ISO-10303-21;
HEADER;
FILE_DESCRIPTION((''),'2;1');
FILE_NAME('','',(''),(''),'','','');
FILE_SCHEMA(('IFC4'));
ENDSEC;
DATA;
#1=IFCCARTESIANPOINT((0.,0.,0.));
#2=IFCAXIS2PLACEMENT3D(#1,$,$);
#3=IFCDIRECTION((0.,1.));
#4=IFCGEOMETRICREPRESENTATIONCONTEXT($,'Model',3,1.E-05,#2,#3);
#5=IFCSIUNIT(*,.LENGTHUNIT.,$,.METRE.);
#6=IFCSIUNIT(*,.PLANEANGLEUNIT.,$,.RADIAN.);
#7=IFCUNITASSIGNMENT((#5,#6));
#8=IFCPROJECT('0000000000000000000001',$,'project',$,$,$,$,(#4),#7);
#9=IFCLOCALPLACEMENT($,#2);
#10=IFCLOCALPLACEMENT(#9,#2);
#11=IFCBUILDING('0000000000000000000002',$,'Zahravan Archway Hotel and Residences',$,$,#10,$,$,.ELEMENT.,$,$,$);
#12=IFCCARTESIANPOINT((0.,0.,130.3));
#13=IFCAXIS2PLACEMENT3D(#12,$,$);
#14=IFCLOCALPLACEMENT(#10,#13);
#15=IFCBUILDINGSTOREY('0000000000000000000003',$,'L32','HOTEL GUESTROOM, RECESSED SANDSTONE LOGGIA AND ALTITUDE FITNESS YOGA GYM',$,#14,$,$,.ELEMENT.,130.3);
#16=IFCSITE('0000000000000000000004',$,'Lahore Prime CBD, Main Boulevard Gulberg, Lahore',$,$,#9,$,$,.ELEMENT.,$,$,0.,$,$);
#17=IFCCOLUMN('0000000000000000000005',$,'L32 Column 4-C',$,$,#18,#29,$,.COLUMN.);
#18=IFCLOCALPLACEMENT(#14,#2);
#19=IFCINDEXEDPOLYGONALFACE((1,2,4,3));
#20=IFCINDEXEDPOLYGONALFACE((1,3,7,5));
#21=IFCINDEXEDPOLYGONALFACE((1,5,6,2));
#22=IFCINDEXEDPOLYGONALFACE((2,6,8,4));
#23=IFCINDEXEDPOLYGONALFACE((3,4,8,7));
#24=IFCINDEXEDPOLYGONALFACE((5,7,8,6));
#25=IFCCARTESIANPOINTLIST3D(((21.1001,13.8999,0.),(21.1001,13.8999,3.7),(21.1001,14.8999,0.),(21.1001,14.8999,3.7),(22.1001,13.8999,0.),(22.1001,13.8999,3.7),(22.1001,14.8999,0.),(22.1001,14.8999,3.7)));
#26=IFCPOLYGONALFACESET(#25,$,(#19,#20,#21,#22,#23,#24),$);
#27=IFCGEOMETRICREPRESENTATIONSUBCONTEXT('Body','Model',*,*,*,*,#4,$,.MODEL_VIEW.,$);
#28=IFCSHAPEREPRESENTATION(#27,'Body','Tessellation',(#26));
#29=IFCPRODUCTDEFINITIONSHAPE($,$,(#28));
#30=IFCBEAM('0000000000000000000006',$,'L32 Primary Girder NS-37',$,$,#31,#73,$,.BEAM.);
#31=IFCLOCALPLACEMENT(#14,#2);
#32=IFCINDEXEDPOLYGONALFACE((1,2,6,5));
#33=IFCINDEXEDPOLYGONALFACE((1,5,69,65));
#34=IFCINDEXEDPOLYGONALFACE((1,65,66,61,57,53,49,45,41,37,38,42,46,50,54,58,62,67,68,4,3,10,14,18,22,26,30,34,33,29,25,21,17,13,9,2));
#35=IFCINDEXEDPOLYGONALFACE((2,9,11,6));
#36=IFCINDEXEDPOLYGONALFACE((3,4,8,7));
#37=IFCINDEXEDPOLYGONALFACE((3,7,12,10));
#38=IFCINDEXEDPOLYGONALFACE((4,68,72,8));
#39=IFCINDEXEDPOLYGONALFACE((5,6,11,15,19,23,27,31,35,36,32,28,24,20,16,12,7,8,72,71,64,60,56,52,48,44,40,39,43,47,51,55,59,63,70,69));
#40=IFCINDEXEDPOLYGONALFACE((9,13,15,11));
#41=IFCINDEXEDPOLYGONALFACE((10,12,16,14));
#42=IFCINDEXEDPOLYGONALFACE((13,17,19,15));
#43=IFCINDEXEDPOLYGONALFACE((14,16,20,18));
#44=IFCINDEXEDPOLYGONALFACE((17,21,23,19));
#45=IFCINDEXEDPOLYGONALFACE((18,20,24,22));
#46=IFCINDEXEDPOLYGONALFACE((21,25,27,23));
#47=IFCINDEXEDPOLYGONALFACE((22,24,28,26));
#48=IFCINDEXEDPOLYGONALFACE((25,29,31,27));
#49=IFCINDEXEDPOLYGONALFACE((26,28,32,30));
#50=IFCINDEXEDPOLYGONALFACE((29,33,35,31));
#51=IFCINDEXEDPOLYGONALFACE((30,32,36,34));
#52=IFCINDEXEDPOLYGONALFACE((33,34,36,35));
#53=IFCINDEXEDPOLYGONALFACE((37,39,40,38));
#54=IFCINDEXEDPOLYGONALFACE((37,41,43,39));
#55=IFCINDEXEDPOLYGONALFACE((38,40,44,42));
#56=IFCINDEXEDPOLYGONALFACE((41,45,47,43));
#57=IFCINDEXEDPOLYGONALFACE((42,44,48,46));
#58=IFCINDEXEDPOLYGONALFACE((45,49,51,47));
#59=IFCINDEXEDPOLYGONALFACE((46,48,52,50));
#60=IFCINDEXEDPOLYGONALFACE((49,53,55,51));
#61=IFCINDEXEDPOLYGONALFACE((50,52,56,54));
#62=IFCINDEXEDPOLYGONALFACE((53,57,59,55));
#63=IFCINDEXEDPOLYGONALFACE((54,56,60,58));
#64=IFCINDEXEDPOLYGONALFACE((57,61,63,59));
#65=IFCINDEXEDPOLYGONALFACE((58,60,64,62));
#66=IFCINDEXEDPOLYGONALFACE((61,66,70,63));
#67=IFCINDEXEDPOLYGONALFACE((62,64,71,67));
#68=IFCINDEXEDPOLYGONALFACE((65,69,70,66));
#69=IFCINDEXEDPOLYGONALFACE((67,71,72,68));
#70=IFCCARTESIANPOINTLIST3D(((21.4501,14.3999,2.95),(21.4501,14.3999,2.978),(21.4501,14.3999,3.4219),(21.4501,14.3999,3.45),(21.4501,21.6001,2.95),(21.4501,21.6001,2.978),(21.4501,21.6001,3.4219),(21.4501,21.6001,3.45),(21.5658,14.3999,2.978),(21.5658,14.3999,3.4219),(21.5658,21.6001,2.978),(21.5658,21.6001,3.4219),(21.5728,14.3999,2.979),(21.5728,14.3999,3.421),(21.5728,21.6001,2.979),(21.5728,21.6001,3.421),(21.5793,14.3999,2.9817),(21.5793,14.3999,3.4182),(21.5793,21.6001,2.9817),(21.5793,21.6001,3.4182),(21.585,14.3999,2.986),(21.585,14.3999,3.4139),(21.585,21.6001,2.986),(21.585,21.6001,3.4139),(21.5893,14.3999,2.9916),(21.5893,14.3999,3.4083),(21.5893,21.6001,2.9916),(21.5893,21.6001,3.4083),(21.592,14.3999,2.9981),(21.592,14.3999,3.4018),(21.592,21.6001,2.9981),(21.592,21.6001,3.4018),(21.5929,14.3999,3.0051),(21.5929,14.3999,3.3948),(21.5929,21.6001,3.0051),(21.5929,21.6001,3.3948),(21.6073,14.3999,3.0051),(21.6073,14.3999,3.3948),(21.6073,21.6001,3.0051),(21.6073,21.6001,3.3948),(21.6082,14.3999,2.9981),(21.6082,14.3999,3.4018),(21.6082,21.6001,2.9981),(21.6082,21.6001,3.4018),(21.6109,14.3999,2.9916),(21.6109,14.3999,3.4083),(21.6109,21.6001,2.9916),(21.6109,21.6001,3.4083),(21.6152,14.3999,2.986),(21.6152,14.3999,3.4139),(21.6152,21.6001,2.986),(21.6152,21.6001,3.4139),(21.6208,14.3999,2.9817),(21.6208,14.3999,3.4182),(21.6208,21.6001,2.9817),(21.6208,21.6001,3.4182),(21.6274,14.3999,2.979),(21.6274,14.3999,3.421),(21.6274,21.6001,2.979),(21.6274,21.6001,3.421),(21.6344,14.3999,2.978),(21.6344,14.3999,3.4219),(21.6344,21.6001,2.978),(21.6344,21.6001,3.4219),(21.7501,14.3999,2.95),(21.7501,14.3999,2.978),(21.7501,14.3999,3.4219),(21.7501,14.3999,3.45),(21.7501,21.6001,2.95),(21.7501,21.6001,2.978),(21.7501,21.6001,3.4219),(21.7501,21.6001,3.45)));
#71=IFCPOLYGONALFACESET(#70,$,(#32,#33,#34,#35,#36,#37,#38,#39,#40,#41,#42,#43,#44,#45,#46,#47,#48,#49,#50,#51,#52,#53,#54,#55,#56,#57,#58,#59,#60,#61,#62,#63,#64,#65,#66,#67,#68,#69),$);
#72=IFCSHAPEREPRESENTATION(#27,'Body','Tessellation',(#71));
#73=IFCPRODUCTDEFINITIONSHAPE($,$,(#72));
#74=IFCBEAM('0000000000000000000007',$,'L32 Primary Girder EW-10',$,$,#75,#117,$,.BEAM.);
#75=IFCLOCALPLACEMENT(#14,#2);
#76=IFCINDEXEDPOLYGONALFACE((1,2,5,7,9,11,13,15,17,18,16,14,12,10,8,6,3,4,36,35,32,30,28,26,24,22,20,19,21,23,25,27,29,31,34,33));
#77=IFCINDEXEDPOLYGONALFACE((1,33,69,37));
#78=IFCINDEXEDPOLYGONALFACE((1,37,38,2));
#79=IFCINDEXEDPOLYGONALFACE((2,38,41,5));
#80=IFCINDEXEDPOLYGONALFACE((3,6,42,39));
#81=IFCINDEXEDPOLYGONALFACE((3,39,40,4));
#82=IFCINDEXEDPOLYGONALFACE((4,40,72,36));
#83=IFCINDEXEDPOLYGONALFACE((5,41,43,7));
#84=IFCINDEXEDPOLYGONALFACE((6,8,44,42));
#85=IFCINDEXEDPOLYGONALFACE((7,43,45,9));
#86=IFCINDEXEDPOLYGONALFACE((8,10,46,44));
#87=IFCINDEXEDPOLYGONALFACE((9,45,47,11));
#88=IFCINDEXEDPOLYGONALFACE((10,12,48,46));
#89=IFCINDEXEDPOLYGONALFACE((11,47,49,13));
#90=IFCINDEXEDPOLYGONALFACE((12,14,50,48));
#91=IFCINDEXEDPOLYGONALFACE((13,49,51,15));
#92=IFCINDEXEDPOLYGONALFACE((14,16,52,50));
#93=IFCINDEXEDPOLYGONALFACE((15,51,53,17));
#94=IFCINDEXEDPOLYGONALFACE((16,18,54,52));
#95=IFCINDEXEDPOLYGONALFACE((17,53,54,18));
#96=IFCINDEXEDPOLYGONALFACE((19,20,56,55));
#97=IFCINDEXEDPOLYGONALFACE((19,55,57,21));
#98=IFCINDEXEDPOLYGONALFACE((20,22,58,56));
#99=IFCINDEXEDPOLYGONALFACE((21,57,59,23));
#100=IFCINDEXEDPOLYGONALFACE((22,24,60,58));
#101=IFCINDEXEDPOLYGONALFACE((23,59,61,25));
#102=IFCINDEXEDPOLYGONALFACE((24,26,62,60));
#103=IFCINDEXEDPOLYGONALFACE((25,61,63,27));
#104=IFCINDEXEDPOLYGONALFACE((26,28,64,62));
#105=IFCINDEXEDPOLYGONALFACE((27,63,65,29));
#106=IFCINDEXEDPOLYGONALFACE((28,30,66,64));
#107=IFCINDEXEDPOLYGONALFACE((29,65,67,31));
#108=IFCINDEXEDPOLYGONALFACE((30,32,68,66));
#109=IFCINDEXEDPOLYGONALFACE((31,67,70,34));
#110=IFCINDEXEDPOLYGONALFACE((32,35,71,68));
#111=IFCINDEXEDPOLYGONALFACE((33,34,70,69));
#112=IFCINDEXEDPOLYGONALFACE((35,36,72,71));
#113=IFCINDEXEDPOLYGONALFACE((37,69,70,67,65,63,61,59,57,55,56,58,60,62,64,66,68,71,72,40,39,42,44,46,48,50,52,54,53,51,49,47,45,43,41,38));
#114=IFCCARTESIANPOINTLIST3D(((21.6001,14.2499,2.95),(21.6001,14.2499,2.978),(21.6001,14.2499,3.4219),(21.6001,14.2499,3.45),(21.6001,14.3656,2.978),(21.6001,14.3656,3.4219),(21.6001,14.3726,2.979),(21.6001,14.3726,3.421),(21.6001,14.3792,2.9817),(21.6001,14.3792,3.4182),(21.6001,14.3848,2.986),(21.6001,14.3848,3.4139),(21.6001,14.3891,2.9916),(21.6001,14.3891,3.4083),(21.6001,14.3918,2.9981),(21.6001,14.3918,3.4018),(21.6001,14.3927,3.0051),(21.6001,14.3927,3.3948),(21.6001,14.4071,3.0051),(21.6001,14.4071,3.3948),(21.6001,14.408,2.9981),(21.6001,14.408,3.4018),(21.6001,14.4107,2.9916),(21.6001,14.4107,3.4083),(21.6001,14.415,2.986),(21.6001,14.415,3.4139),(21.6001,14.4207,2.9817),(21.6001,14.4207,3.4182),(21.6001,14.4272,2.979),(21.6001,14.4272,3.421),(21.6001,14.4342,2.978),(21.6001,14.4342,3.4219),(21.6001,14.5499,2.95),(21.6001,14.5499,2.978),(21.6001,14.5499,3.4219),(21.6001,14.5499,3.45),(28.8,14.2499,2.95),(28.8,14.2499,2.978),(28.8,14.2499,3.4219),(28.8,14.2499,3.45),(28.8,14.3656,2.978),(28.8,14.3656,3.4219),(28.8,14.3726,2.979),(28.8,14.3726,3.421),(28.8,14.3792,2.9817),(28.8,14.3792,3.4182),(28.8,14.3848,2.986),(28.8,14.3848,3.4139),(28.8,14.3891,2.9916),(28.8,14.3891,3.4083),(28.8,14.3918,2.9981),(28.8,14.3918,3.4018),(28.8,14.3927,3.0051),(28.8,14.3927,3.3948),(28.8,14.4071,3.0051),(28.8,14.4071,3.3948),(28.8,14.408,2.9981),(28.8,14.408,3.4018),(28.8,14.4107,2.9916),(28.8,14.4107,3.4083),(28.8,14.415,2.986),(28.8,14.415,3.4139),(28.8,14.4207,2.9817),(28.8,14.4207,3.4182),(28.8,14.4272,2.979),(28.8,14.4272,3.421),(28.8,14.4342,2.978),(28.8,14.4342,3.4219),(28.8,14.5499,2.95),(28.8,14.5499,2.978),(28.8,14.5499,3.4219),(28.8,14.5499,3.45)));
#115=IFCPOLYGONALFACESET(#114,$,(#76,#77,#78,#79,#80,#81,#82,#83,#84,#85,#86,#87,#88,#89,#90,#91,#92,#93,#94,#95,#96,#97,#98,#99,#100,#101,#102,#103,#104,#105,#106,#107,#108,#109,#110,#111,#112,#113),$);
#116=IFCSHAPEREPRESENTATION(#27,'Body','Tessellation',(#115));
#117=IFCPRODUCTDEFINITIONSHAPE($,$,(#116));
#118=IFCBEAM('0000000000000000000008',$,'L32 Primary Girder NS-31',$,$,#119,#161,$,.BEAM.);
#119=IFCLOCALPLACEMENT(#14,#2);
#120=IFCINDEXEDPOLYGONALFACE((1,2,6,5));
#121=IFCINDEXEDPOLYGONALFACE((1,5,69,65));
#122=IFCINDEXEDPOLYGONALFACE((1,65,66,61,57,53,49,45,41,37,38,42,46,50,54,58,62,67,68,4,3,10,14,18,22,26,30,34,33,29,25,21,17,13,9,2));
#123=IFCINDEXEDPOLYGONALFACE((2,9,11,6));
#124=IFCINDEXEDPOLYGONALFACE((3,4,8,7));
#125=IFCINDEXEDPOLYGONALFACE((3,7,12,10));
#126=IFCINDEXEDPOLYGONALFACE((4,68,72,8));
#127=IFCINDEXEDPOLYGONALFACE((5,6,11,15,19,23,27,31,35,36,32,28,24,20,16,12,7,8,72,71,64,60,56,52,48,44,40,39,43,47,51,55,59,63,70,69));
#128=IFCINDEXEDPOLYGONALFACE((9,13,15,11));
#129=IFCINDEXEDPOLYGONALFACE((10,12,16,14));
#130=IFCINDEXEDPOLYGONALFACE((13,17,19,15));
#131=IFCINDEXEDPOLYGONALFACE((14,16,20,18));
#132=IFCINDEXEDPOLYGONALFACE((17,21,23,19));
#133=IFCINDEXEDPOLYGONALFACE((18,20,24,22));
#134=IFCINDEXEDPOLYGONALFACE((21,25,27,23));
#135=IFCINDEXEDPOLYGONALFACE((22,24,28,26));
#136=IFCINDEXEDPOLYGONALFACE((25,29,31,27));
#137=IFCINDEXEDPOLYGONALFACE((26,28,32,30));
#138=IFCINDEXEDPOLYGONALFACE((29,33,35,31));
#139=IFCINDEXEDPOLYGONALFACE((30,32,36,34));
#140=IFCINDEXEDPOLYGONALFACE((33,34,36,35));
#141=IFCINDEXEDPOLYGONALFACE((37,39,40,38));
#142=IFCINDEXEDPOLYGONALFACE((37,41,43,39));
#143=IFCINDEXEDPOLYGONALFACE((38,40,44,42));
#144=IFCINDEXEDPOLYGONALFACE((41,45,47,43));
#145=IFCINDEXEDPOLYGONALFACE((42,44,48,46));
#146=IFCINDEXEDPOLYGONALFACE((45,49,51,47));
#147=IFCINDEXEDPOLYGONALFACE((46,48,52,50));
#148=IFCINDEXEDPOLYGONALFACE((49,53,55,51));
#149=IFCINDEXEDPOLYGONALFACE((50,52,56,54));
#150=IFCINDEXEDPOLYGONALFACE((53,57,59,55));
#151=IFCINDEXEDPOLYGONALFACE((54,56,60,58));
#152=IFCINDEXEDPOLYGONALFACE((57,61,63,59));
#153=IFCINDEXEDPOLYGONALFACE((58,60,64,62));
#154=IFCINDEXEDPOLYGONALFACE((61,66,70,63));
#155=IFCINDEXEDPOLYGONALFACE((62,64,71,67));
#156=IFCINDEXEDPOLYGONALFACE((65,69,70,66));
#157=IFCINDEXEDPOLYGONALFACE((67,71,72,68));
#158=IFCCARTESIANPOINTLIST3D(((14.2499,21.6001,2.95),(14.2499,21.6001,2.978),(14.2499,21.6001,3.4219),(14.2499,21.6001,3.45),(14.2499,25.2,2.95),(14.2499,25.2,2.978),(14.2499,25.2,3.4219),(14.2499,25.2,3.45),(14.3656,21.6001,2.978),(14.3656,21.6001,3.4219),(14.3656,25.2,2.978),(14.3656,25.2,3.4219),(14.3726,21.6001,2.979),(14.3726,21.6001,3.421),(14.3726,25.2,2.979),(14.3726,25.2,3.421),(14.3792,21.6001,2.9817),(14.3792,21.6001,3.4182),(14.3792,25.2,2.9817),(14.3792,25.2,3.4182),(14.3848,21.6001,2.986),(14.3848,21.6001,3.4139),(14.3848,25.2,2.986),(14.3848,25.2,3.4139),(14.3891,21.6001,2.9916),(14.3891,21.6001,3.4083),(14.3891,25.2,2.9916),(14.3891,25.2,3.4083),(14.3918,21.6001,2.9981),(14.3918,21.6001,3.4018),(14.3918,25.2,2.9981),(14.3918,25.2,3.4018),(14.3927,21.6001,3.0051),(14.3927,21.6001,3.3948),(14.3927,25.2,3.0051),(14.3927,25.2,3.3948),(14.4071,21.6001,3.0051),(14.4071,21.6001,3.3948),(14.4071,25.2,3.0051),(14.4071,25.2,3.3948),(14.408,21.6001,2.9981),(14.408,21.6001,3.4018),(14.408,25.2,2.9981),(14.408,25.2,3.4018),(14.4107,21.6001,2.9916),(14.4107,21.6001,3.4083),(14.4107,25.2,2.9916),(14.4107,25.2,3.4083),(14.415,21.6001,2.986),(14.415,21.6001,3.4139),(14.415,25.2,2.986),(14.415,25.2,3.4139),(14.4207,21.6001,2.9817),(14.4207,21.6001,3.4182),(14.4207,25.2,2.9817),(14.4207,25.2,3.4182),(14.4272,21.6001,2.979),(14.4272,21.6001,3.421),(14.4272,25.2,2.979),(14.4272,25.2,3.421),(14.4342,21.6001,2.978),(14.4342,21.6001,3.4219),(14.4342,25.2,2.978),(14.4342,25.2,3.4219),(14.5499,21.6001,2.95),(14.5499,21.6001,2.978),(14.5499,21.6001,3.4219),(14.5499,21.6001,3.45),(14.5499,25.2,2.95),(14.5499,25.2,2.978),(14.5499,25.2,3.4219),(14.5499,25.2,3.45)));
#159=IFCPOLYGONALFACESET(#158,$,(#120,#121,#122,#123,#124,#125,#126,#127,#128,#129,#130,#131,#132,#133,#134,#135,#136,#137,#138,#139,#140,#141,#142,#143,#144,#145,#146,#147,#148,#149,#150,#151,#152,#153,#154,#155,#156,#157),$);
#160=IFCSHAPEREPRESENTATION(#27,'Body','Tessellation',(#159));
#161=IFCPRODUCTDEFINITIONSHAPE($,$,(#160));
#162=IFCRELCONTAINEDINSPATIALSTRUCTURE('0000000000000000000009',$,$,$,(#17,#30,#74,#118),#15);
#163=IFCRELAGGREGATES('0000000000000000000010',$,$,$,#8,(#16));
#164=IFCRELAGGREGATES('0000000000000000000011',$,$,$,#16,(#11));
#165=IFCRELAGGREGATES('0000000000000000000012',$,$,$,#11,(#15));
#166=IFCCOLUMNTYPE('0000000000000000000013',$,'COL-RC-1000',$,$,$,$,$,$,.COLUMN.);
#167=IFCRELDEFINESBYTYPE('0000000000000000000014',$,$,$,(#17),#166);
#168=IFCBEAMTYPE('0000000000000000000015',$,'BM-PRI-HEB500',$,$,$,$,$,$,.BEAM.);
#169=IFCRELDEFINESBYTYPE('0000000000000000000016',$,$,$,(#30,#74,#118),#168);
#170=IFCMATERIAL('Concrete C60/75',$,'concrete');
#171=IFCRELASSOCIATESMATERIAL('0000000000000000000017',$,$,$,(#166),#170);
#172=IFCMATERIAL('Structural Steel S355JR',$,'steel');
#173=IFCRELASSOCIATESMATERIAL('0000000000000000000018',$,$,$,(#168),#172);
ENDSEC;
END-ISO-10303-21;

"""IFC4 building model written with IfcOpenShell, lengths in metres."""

from ifc_helpers import new_model, si_unit, direction, frame, origin, origin_2d, place, context, subcontext, project, spatial, rectangle, i_section, extrude, source, transform, mapped, material, material_profile, profile_set, type_object, type_shapes, element, save


model = new_model("IFC4")

# Units and contexts
model_context = context("Model", 3, precision=1e-05, world=origin(), true_north=direction((0.0, 1.0)))
body_context = subcontext(model_context, "Body", "Model", "MODEL_VIEW")
ifc_project = project(units=[si_unit("LENGTHUNIT", "METRE"), si_unit("PLANEANGLEUNIT", "RADIAN")], contexts=[model_context])

# Site, building, storey
site_placement = place(None, origin())
site = spatial("IfcSite", under=ifc_project, at=site_placement, Name="Lahore Prime CBD, Main Boulevard Gulberg, Lahore", CompositionType="ELEMENT", RefElevation=0.0)
building_placement = place(site_placement, origin())
building = spatial("IfcBuilding", under=site, at=building_placement, Name="Zahravan Archway Hotel and Residences", CompositionType="ELEMENT")
storey_placement = place(building_placement, frame((0.0, 0.0, 130.3)))
storey = spatial("IfcBuildingStorey", under=building, at=storey_placement, Name="L32", Description="HOTEL GUESTROOM, RECESSED SANDSTONE LOGGIA AND ALTITUDE FITNESS YOGA GYM", CompositionType="ELEMENT", Elevation=130.3)

# Column
ifc_material_1 = material(Name="Concrete C60/75", Category="concrete")
ifc_material_profile_1 = material_profile(ifc_material_1, rectangle(XDim=1.0, YDim=1.0, at=origin_2d()), Name="RC-COL-1000x1000", Category="concrete")
ifc_profile_set_1 = profile_set([ifc_material_profile_1], Name="Concrete C60/75")
column_type = type_object("IfcColumnType", Name="COL-RC-1000", PredefinedType="COLUMN", material=ifc_profile_set_1)
shared_shape_1 = source(origin(), body_context, "Body", "SweptSolid", [
    extrude(rectangle(XDim=1.0, YDim=1.0, at=origin_2d()), origin(), (0.0, 0.0, 1.0), 3.7),
])
type_shapes(column_type, [shared_shape_1])
column_placement = place(storey_placement, frame((21.6001, 14.3999, 0.0), z_axis=(0.0, 0.0, 1.0), x_axis=(1.0, 0.0, 0.0)))
element("IfcColumn", 1, at=column_placement, inside=storey, type_object=column_type, Name="L32 Column 4-C", PredefinedType="COLUMN", context=body_context, shape_type="MappedRepresentation", body=[
    mapped(shared_shape_1, transform((0.0, 0.0, 0.0), scale=1.0)),
])

# Beams
ifc_material_2 = material(Name="Structural Steel S355JR", Category="steel")
ifc_material_profile_2 = material_profile(ifc_material_2, i_section(OverallWidth=0.3, OverallDepth=0.5, WebThickness=0.0144, FlangeThickness=0.0281, FilletRadius=0.0271, at=origin_2d()), Name="HEB 500", Category="steel")
ifc_profile_set_2 = profile_set([ifc_material_profile_2], Name="Structural Steel S355JR")
beam_type_1 = type_object("IfcBeamType", Name="BM-PRI-HEB500", PredefinedType="BEAM", material=ifc_profile_set_2)
shared_shape_2 = source(origin(), body_context, "Body", "SweptSolid", [
    extrude(i_section(OverallWidth=0.3, OverallDepth=0.5, WebThickness=0.0144, FlangeThickness=0.0281, FilletRadius=0.0271, at=origin_2d()), origin(), (0.0, 0.0, 1.0), 7.2002),
])
type_shapes(beam_type_1, [shared_shape_2])
beam_1_placement = place(storey_placement, frame((21.6001, 14.3999, 3.2), z_axis=(0.0, 1.0, 0.0), x_axis=(-1.0, 0.0, 0.0)))
element("IfcBeam", 2, at=beam_1_placement, inside=storey, type_object=beam_type_1, Name="L32 Primary Girder NS-37", PredefinedType="BEAM", context=body_context, shape_type="MappedRepresentation", body=[
    mapped(shared_shape_2, transform((0.0, 0.0, 0.0), scale=1.0)),
])
shared_shape_3 = source(origin(), body_context, "Body", "SweptSolid", [
    extrude(i_section(OverallWidth=0.3, OverallDepth=0.5, WebThickness=0.0144, FlangeThickness=0.0281, FilletRadius=0.0271, at=origin_2d()), origin(), (0.0, 0.0, 1.0), 7.2),
])
beam_2_placement = place(storey_placement, frame((21.6001, 14.3999, 3.2), z_axis=(1.0, 0.0, 0.0), x_axis=(0.0, 1.0, 0.0)))
element("IfcBeam", 3, at=beam_2_placement, inside=storey, type_object=beam_type_1, Name="L32 Primary Girder EW-10", PredefinedType="BEAM", context=body_context, shape_type="MappedRepresentation", body=[
    mapped(shared_shape_3, transform((0.0, 0.0, 0.0), scale=1.0)),
])
shared_shape_4 = source(origin(), body_context, "Body", "SweptSolid", [
    extrude(i_section(OverallWidth=0.3, OverallDepth=0.5, WebThickness=0.0144, FlangeThickness=0.0281, FilletRadius=0.0271, at=origin_2d()), origin(), (0.0, 0.0, 1.0), 3.5999),
])
beam_3_placement = place(storey_placement, frame((14.3999, 21.6001, 3.2), z_axis=(0.0, 1.0, 0.0), x_axis=(-1.0, 0.0, 0.0)))
element("IfcBeam", 4, at=beam_3_placement, inside=storey, type_object=beam_type_1, Name="L32 Primary Girder NS-31", PredefinedType="BEAM", context=body_context, shape_type="MappedRepresentation", body=[
    mapped(shared_shape_4, transform((0.0, 0.0, 0.0), scale=1.0)),
])

save(model, "model.ifc")
